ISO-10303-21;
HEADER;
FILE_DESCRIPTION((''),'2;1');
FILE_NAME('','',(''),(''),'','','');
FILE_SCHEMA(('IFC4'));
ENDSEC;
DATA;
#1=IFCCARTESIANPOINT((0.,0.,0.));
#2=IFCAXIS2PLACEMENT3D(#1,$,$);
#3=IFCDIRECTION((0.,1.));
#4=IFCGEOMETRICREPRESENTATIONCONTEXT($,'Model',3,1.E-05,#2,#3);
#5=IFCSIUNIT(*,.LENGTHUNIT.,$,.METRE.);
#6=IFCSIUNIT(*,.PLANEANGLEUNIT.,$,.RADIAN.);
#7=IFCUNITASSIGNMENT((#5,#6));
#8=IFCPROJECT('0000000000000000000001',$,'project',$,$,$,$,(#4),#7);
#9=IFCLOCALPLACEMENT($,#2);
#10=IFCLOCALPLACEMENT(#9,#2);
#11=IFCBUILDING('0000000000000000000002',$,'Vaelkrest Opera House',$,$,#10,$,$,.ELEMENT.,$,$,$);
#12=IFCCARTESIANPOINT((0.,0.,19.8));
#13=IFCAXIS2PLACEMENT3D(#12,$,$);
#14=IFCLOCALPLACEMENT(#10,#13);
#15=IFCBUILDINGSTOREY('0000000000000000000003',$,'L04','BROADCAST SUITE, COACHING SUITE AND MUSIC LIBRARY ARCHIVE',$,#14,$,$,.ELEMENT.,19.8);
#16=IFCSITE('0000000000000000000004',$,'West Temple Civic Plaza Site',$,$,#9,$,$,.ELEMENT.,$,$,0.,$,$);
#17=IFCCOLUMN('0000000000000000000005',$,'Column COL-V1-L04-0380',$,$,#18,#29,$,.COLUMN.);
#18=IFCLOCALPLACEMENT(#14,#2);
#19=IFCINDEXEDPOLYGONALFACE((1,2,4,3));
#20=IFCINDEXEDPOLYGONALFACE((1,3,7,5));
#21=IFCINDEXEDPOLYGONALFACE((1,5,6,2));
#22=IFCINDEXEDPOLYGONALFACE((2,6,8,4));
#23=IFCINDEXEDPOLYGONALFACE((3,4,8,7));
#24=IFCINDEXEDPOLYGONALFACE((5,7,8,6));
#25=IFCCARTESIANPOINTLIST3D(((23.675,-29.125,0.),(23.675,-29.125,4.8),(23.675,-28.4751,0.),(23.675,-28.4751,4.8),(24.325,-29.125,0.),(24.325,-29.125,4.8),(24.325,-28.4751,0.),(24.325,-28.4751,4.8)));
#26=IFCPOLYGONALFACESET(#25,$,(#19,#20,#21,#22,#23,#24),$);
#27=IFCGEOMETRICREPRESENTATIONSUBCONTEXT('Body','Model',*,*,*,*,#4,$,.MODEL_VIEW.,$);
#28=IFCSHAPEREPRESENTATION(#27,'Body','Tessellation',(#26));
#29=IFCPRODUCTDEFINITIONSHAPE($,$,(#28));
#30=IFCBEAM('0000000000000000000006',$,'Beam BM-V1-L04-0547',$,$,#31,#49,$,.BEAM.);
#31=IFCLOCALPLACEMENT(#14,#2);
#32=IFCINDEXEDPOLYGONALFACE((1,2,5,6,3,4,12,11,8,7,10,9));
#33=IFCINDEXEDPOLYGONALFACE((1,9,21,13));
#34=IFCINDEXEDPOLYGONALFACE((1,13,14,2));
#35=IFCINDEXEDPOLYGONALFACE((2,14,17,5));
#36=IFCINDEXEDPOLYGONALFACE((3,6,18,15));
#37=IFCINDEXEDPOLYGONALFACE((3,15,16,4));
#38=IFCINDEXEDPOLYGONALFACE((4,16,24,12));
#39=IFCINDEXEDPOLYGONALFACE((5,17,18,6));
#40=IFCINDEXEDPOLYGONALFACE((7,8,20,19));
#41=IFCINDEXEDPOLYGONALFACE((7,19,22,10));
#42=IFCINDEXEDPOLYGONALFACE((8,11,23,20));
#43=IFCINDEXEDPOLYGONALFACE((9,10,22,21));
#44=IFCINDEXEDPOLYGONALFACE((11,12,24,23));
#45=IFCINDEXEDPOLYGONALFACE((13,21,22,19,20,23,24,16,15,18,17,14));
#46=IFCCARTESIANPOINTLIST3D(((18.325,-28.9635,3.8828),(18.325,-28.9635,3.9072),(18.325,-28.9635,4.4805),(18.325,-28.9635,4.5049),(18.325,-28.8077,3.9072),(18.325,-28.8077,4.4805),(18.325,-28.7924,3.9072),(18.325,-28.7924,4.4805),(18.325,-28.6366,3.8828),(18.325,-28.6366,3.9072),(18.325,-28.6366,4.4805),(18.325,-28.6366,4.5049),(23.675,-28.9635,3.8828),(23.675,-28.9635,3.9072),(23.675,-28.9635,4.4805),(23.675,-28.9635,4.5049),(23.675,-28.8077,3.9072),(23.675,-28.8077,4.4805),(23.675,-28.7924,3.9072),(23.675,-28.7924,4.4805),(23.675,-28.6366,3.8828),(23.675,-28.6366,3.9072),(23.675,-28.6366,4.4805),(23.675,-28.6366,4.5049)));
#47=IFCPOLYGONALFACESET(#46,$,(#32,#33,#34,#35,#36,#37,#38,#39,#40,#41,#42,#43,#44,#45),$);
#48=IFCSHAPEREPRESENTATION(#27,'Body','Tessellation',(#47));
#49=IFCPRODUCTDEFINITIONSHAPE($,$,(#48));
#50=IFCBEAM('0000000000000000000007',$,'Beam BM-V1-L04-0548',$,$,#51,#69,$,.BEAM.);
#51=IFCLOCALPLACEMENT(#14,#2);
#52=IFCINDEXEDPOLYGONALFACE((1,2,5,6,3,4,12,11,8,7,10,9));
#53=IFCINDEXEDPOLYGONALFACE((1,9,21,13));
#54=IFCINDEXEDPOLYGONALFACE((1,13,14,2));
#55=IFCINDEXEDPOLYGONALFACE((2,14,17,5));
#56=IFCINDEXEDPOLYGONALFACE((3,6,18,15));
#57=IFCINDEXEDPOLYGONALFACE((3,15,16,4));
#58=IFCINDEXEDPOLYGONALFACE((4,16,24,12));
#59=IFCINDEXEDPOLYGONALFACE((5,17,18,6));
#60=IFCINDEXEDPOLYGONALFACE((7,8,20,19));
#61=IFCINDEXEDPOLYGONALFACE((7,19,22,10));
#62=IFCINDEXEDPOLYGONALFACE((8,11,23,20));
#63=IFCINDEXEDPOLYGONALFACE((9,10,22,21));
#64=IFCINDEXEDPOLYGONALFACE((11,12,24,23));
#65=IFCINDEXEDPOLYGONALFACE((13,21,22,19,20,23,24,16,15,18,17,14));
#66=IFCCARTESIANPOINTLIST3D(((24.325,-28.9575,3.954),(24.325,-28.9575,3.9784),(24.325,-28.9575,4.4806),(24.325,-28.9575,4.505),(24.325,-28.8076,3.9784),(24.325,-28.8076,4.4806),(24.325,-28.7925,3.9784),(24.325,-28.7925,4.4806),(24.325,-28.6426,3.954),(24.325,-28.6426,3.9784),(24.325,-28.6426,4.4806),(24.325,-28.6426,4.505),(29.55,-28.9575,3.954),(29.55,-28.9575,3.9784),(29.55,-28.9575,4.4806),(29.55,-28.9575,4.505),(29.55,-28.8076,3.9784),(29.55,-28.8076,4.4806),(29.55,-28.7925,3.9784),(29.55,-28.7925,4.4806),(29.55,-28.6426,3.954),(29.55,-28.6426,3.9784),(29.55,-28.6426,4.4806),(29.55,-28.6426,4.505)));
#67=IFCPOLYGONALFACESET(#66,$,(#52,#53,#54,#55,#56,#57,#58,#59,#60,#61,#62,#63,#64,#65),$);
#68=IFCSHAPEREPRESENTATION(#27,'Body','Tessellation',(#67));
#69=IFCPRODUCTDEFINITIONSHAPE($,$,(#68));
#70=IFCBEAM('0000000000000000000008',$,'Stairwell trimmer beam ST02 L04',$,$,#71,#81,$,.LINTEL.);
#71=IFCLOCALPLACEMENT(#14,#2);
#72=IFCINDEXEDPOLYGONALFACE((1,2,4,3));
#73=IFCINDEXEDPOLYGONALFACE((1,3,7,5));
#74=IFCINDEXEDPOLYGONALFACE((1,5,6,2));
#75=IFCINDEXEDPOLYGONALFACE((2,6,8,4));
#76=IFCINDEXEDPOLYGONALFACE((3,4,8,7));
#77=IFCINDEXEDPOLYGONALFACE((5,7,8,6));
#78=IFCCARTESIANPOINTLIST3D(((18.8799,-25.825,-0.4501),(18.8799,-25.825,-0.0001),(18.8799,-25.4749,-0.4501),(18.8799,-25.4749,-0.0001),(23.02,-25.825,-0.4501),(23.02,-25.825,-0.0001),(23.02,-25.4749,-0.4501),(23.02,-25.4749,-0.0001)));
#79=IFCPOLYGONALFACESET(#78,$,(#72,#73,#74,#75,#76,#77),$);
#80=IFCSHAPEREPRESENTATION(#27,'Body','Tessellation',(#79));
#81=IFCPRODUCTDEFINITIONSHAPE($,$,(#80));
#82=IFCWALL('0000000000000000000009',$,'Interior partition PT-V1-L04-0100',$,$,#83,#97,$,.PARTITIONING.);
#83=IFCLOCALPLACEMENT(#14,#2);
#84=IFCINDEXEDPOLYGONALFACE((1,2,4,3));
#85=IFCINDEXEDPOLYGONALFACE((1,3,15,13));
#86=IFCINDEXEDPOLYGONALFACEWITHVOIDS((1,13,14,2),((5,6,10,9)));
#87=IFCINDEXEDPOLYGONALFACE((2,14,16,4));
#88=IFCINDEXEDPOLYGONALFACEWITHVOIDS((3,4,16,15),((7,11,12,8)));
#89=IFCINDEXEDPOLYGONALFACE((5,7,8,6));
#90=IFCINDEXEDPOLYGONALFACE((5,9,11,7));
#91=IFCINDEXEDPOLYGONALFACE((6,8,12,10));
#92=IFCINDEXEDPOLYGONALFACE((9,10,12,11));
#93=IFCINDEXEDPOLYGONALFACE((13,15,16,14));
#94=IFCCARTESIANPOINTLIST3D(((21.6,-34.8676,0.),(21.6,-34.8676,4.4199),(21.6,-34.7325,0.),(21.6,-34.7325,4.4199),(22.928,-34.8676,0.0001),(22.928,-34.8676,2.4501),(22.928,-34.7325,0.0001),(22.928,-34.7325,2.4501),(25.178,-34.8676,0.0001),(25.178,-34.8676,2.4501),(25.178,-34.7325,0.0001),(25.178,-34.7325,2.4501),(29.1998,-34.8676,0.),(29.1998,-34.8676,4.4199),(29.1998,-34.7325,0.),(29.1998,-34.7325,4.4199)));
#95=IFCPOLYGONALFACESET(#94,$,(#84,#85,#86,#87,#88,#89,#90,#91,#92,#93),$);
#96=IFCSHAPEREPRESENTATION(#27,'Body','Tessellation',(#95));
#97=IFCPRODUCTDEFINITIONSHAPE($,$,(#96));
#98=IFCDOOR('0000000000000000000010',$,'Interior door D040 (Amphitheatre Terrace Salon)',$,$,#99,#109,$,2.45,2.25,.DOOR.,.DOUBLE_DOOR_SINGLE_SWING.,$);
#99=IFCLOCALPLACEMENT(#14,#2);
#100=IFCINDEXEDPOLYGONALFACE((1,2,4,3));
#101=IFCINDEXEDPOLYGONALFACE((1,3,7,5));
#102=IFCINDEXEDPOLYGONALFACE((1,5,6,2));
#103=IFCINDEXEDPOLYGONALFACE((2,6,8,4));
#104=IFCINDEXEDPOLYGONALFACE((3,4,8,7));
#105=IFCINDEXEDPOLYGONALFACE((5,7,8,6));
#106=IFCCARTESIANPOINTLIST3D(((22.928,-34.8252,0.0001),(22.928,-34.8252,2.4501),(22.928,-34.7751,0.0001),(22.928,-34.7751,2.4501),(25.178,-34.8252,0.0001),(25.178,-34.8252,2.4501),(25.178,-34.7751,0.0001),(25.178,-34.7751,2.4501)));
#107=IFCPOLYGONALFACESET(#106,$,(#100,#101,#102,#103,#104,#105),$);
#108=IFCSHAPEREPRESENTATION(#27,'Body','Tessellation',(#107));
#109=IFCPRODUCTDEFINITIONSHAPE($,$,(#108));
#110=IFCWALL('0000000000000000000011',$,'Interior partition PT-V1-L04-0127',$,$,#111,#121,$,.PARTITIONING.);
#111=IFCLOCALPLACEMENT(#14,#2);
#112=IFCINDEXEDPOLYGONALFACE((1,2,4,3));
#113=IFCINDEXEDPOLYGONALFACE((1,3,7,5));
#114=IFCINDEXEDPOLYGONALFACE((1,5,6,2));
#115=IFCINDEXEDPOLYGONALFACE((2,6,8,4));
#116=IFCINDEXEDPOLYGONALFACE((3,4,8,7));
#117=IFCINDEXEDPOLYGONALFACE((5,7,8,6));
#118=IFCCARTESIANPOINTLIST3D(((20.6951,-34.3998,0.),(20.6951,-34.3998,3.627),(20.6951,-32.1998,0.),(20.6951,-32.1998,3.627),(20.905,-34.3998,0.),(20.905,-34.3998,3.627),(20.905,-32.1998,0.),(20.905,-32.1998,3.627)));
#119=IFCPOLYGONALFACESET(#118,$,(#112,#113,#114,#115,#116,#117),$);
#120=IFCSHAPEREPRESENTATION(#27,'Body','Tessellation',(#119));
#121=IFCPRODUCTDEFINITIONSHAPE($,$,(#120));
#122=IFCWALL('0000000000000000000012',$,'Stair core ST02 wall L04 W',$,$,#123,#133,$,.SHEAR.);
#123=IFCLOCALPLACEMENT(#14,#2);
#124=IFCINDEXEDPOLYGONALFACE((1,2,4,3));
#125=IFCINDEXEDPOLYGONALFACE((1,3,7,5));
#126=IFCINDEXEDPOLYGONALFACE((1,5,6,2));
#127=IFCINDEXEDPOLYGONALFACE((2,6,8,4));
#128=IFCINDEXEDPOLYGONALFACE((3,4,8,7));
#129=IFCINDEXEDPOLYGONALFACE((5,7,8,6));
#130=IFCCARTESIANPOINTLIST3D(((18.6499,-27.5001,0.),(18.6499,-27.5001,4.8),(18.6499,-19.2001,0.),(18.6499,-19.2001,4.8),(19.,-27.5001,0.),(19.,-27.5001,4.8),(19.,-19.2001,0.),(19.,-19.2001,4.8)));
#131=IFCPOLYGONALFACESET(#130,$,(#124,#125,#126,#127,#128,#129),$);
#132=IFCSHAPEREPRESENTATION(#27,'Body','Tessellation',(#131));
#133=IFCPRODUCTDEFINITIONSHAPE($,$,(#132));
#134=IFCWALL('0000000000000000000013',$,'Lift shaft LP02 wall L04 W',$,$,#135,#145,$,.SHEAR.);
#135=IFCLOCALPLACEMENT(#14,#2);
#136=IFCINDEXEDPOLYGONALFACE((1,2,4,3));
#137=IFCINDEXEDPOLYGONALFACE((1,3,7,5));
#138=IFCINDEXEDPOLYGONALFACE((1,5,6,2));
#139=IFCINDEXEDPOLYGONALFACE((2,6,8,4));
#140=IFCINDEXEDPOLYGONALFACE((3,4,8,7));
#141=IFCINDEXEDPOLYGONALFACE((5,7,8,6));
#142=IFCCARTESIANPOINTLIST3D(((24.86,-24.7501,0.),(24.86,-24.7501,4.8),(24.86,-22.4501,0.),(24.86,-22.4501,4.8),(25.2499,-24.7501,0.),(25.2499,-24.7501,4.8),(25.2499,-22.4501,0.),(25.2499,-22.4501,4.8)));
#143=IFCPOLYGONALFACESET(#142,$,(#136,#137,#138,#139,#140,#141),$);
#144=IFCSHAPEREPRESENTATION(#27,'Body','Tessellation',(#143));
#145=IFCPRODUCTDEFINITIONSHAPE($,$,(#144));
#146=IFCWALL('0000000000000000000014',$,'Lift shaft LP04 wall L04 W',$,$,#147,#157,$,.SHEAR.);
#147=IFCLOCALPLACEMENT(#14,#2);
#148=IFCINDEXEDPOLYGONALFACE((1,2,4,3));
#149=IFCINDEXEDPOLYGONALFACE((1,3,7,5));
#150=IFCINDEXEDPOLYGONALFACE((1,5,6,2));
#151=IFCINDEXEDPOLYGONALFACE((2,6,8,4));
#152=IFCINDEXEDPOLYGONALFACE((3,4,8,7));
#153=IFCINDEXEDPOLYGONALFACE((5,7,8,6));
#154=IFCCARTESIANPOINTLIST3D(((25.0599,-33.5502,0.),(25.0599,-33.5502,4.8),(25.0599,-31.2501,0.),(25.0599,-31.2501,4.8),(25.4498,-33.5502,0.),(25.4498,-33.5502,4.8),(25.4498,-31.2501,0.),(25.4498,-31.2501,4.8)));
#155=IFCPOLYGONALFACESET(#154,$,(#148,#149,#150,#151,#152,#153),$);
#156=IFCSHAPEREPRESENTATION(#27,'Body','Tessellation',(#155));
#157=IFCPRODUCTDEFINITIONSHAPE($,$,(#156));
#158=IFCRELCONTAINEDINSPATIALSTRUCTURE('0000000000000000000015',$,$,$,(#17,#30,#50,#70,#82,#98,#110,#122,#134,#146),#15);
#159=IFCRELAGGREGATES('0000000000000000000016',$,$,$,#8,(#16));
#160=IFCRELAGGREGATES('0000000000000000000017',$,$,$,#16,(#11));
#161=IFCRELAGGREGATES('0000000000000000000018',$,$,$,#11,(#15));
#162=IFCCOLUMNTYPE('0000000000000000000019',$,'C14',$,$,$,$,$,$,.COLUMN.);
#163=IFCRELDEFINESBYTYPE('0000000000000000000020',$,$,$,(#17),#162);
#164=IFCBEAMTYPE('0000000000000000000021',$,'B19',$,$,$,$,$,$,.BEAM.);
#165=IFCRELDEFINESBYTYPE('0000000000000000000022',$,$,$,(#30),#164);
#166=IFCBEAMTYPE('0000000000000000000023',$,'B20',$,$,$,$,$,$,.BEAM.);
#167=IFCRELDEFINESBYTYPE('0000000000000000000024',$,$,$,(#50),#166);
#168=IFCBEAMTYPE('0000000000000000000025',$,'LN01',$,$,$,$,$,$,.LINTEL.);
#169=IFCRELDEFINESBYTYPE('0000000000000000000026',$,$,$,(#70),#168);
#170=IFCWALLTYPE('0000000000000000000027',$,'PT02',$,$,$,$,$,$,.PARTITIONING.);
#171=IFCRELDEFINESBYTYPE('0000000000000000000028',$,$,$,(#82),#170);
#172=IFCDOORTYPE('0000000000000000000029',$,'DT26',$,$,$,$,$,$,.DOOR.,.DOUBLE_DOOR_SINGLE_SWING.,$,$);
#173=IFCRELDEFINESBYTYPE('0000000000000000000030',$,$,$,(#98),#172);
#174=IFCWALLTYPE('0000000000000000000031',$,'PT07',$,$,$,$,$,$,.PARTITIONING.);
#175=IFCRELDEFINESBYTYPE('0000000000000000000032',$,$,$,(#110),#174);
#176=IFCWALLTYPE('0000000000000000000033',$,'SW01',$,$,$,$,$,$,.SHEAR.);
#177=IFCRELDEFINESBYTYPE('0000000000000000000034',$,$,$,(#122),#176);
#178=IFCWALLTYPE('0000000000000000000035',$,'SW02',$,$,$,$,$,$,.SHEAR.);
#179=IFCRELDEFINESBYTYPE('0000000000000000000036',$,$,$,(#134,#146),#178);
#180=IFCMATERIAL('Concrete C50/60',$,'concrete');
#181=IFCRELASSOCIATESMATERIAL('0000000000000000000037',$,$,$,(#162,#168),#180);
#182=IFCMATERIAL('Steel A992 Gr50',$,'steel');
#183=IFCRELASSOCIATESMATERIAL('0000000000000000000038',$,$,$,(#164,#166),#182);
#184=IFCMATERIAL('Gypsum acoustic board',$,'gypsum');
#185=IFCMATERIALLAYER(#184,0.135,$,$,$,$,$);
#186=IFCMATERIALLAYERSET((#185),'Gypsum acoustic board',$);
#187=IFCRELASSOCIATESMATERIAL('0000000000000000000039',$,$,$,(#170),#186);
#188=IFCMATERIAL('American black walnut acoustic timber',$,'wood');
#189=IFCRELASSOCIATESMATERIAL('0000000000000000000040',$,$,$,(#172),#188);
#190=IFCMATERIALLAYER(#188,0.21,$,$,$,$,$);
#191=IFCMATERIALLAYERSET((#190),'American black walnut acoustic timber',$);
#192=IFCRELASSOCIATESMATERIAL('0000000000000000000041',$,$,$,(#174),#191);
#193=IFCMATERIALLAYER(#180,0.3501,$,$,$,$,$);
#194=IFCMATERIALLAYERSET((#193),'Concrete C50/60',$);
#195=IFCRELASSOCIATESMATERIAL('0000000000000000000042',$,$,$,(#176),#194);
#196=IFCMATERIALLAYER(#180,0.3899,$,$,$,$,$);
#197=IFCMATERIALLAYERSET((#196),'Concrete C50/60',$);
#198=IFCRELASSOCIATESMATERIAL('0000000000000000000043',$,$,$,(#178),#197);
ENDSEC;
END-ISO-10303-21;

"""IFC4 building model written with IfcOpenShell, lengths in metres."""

from ifc_helpers import new_model, si_unit, direction, frame, frame_2d, origin, origin_2d, place, context, subcontext, project, spatial, rectangle, i_section, extrude, material, layer, layer_set, material_profile, profile_set, type_object, element, fill, save


model = new_model("IFC4")

# Units and contexts
model_context = context("Model", 3, precision=1e-05, world=origin(), true_north=direction((0.0, 1.0)))
body_context = subcontext(model_context, "Body", "Model", "MODEL_VIEW")
ifc_project = project(units=[si_unit("LENGTHUNIT", "METRE"), si_unit("PLANEANGLEUNIT", "RADIAN")], contexts=[model_context])

# Site, building, storey
site_placement = place(None, origin())
site = spatial("IfcSite", under=ifc_project, at=site_placement, Name="West Temple Civic Plaza Site", CompositionType="ELEMENT", RefElevation=0.0)
building_placement = place(site_placement, origin())
building = spatial("IfcBuilding", under=site, at=building_placement, Name="Vaelkrest Opera House", CompositionType="ELEMENT")
storey_placement = place(building_placement, frame((0.0, 0.0, 19.8)))
storey = spatial("IfcBuildingStorey", under=building, at=storey_placement, Name="L04", Description="BROADCAST SUITE, COACHING SUITE AND MUSIC LIBRARY ARCHIVE", CompositionType="ELEMENT", Elevation=19.8)

# Column
ifc_material_1 = material(Name="Concrete C50/60", Category="concrete")
ifc_material_profile_1 = material_profile(ifc_material_1, rectangle(XDim=0.6499, YDim=0.6499, at=origin_2d()), Name="RC650X650")
ifc_profile_set_1 = profile_set([ifc_material_profile_1], Name="Concrete C50/60")
column_type = type_object("IfcColumnType", Name="C14", PredefinedType="COLUMN", material=ifc_profile_set_1)
column_placement = place(storey_placement, frame((24.0, -28.8, 0.0), z_axis=(0.0, 0.0, 1.0), x_axis=(1.0, 0.0, 0.0)))
element("IfcColumn", 1, at=column_placement, inside=storey, type_object=column_type, Name="Column COL-V1-L04-0380", PredefinedType="COLUMN", context=body_context, shape_type="SweptSolid", body=[
    extrude(rectangle(XDim=0.6499, YDim=0.6499, at=origin_2d()), origin(), (0.0, 0.0, 1.0), 4.8),
])

# Beams
ifc_material_2 = material(Name="Steel A992 Gr50", Category="steel")
ifc_material_profile_2 = material_profile(ifc_material_2, i_section(OverallWidth=0.3269, OverallDepth=0.6221, WebThickness=0.0154, FlangeThickness=0.0244, at=origin_2d()), Name="W24X131")
ifc_profile_set_2 = profile_set([ifc_material_profile_2], Name="Steel A992 Gr50")
beam_type_1 = type_object("IfcBeamType", Name="B19", PredefinedType="BEAM", material=ifc_profile_set_2)
beam_1_placement = place(storey_placement, frame((18.325, -28.8, 4.1938), z_axis=(1.0, 0.0, 0.0), x_axis=(0.0, 1.0, 0.0)))
element("IfcBeam", 2, at=beam_1_placement, inside=storey, type_object=beam_type_1, Name="Beam BM-V1-L04-0547", PredefinedType="BEAM", context=body_context, shape_type="SweptSolid", body=[
    extrude(i_section(OverallWidth=0.3269, OverallDepth=0.6221, WebThickness=0.0154, FlangeThickness=0.0244, at=origin_2d()), origin(), (0.0, 0.0, 1.0), 5.3501),
])
ifc_material_profile_3 = material_profile(ifc_material_2, i_section(OverallWidth=0.3149, OverallDepth=0.551, WebThickness=0.0151, FlangeThickness=0.0244, at=origin_2d()), Name="W21X122")
ifc_profile_set_3 = profile_set([ifc_material_profile_3], Name="Steel A992 Gr50")
beam_type_2 = type_object("IfcBeamType", Name="B20", PredefinedType="BEAM", material=ifc_profile_set_3)
beam_2_placement = place(storey_placement, frame((24.325, -28.8, 4.2295), z_axis=(1.0, 0.0, 0.0), x_axis=(0.0, 1.0, 0.0)))
element("IfcBeam", 3, at=beam_2_placement, inside=storey, type_object=beam_type_2, Name="Beam BM-V1-L04-0548", PredefinedType="BEAM", context=body_context, shape_type="SweptSolid", body=[
    extrude(i_section(OverallWidth=0.3149, OverallDepth=0.551, WebThickness=0.0151, FlangeThickness=0.0244, at=origin_2d()), origin(), (0.0, 0.0, 1.0), 5.2251),
])
ifc_material_profile_4 = material_profile(ifc_material_1, rectangle(XDim=0.3501, YDim=0.45, at=origin_2d()), Name="RCB350X450")
ifc_profile_set_4 = profile_set([ifc_material_profile_4], Name="Concrete C50/60")
beam_type_3 = type_object("IfcBeamType", Name="LN01", PredefinedType="LINTEL", material=ifc_profile_set_4)
beam_3_placement = place(storey_placement, frame((18.8799, -25.6499, -0.2251), z_axis=(1.0, 0.0, 0.0), x_axis=(0.0, 1.0, 0.0)))
element("IfcBeam", 4, at=beam_3_placement, inside=storey, type_object=beam_type_3, Name="Stairwell trimmer beam ST02 L04", PredefinedType="LINTEL", context=body_context, shape_type="SweptSolid", body=[
    extrude(rectangle(XDim=0.3501, YDim=0.45, at=origin_2d()), origin(), (0.0, 0.0, 1.0), 4.1401),
])

# Wall, opening, door
ifc_material_3 = material(Name="Gypsum acoustic board", Category="gypsum")
ifc_layer_1 = layer(ifc_material_3, 0.135)
ifc_layer_set_1 = layer_set([ifc_layer_1], Name="Gypsum acoustic board")
wall_type_1 = type_object("IfcWallType", Name="PT02", PredefinedType="PARTITIONING", material=ifc_layer_set_1)
wall_1_placement = place(storey_placement, frame((21.6001, -34.8, 0.0), z_axis=(0.0, 0.0, 1.0), x_axis=(1.0, 0.0, 0.0)))
wall_1 = element("IfcWall", 5, at=wall_1_placement, inside=storey, type_object=wall_type_1, Name="Interior partition PT-V1-L04-0100", PredefinedType="PARTITIONING", context=body_context, shape_type="SweptSolid", body=[
    extrude(rectangle(XDim=7.5999, YDim=0.135, at=frame_2d((3.7998, 0.0))), origin(), (0.0, 0.0, 1.0), 4.4199),
])
opening_1_placement = place(wall_1_placement, frame((1.3279, 0.0, 0.0)))
opening_1 = element("IfcOpeningElement", 6, at=opening_1_placement, cuts=wall_1, PredefinedType="OPENING", context=body_context, shape_type="SweptSolid", body=[
    extrude(rectangle(XDim=2.25, YDim=2.45, at=frame_2d((1.125, 1.2251))), frame((0.0, 0.0774, 0.0), z_axis=(0.0, -1.0, 0.0), x_axis=(1.0, 0.0, 0.0)), (0.0, 0.0, 1.0), 0.155),
])
ifc_material_4 = material(Name="American black walnut acoustic timber", Category="wood")
door_type_1 = type_object("IfcDoorType", Name="DT26", OperationType="DOUBLE_DOOR_SINGLE_SWING", PredefinedType="DOOR", material=ifc_material_4)
door_1_placement = place(opening_1_placement, origin())
door_1 = element("IfcDoor", 7, at=door_1_placement, inside=storey, type_object=door_type_1, Name="Interior door D040 (Amphitheatre Terrace Salon)", OperationType="DOUBLE_DOOR_SINGLE_SWING", OverallHeight=2.45, OverallWidth=2.25, PredefinedType="DOOR", context=body_context, shape_type="SweptSolid", body=[
    extrude(rectangle(XDim=2.25, YDim=2.45, at=frame_2d((1.125, 1.2251))), frame((0.0, 0.0249, 0.0), z_axis=(0.0, -1.0, 0.0), x_axis=(1.0, 0.0, 0.0)), (0.0, 0.0, 1.0), 0.05),
])
fill(opening_1, door_1)

# Wall
ifc_layer_2 = layer(ifc_material_4, 0.21)
ifc_layer_set_2 = layer_set([ifc_layer_2], Name="American black walnut acoustic timber")
wall_type_2 = type_object("IfcWallType", Name="PT07", PredefinedType="PARTITIONING", material=ifc_layer_set_2)
wall_2_placement = place(storey_placement, frame((20.8, -34.3999, 0.0), z_axis=(0.0, 0.0, 1.0), x_axis=(0.0, 1.0, 0.0)))
element("IfcWall", 8, at=wall_2_placement, inside=storey, type_object=wall_type_2, Name="Interior partition PT-V1-L04-0127", PredefinedType="PARTITIONING", context=body_context, shape_type="SweptSolid", body=[
    extrude(rectangle(XDim=2.2, YDim=0.21, at=frame_2d((1.1001, 0.0))), origin(), (0.0, 0.0, 1.0), 3.627),
])

# Shared definitions
ifc_layer_3 = layer(ifc_material_1, 0.3501)
ifc_layer_set_3 = layer_set([ifc_layer_3], Name="Concrete C50/60")
wall_type_3 = type_object("IfcWallType", Name="SW01", PredefinedType="SHEAR", material=ifc_layer_set_3)

# Walls
wall_3_placement = place(storey_placement, frame((18.825, -27.5, 0.0), z_axis=(0.0, 0.0, 1.0), x_axis=(0.0, 1.0, 0.0)))
element("IfcWall", 9, at=wall_3_placement, inside=storey, type_object=wall_type_3, Name="Stair core ST02 wall L04 W", PredefinedType="SHEAR", context=body_context, shape_type="SweptSolid", body=[
    extrude(rectangle(XDim=8.3, YDim=0.3501, at=frame_2d((4.1499, 0.0))), origin(), (0.0, 0.0, 1.0), 4.8),
])
ifc_layer_4 = layer(ifc_material_1, 0.3899)
ifc_layer_set_4 = layer_set([ifc_layer_4], Name="Concrete C50/60")
wall_type_4 = type_object("IfcWallType", Name="SW02", PredefinedType="SHEAR", material=ifc_layer_set_4)
wall_4_placement = place(storey_placement, frame((25.0549, -24.75, 0.0), z_axis=(0.0, 0.0, 1.0), x_axis=(0.0, 1.0, 0.0)))
element("IfcWall", 10, at=wall_4_placement, inside=storey, type_object=wall_type_4, Name="Lift shaft LP02 wall L04 W", PredefinedType="SHEAR", context=body_context, shape_type="SweptSolid", body=[
    extrude(rectangle(XDim=2.3, YDim=0.3899, at=frame_2d((1.1499, 0.0))), origin(), (0.0, 0.0, 1.0), 4.8),
])

# Wall
wall_5_placement = place(storey_placement, frame((25.2549, -33.55, 0.0), z_axis=(0.0, 0.0, 1.0), x_axis=(0.0, 1.0, 0.0)))
element("IfcWall", 11, at=wall_5_placement, inside=storey, type_object=wall_type_4, Name="Lift shaft LP04 wall L04 W", PredefinedType="SHEAR", context=body_context, shape_type="SweptSolid", body=[
    extrude(rectangle(XDim=2.3, YDim=0.3899, at=frame_2d((1.1499, 0.0))), origin(), (0.0, 0.0, 1.0), 4.8),
])

save(model, "model.ifc")
